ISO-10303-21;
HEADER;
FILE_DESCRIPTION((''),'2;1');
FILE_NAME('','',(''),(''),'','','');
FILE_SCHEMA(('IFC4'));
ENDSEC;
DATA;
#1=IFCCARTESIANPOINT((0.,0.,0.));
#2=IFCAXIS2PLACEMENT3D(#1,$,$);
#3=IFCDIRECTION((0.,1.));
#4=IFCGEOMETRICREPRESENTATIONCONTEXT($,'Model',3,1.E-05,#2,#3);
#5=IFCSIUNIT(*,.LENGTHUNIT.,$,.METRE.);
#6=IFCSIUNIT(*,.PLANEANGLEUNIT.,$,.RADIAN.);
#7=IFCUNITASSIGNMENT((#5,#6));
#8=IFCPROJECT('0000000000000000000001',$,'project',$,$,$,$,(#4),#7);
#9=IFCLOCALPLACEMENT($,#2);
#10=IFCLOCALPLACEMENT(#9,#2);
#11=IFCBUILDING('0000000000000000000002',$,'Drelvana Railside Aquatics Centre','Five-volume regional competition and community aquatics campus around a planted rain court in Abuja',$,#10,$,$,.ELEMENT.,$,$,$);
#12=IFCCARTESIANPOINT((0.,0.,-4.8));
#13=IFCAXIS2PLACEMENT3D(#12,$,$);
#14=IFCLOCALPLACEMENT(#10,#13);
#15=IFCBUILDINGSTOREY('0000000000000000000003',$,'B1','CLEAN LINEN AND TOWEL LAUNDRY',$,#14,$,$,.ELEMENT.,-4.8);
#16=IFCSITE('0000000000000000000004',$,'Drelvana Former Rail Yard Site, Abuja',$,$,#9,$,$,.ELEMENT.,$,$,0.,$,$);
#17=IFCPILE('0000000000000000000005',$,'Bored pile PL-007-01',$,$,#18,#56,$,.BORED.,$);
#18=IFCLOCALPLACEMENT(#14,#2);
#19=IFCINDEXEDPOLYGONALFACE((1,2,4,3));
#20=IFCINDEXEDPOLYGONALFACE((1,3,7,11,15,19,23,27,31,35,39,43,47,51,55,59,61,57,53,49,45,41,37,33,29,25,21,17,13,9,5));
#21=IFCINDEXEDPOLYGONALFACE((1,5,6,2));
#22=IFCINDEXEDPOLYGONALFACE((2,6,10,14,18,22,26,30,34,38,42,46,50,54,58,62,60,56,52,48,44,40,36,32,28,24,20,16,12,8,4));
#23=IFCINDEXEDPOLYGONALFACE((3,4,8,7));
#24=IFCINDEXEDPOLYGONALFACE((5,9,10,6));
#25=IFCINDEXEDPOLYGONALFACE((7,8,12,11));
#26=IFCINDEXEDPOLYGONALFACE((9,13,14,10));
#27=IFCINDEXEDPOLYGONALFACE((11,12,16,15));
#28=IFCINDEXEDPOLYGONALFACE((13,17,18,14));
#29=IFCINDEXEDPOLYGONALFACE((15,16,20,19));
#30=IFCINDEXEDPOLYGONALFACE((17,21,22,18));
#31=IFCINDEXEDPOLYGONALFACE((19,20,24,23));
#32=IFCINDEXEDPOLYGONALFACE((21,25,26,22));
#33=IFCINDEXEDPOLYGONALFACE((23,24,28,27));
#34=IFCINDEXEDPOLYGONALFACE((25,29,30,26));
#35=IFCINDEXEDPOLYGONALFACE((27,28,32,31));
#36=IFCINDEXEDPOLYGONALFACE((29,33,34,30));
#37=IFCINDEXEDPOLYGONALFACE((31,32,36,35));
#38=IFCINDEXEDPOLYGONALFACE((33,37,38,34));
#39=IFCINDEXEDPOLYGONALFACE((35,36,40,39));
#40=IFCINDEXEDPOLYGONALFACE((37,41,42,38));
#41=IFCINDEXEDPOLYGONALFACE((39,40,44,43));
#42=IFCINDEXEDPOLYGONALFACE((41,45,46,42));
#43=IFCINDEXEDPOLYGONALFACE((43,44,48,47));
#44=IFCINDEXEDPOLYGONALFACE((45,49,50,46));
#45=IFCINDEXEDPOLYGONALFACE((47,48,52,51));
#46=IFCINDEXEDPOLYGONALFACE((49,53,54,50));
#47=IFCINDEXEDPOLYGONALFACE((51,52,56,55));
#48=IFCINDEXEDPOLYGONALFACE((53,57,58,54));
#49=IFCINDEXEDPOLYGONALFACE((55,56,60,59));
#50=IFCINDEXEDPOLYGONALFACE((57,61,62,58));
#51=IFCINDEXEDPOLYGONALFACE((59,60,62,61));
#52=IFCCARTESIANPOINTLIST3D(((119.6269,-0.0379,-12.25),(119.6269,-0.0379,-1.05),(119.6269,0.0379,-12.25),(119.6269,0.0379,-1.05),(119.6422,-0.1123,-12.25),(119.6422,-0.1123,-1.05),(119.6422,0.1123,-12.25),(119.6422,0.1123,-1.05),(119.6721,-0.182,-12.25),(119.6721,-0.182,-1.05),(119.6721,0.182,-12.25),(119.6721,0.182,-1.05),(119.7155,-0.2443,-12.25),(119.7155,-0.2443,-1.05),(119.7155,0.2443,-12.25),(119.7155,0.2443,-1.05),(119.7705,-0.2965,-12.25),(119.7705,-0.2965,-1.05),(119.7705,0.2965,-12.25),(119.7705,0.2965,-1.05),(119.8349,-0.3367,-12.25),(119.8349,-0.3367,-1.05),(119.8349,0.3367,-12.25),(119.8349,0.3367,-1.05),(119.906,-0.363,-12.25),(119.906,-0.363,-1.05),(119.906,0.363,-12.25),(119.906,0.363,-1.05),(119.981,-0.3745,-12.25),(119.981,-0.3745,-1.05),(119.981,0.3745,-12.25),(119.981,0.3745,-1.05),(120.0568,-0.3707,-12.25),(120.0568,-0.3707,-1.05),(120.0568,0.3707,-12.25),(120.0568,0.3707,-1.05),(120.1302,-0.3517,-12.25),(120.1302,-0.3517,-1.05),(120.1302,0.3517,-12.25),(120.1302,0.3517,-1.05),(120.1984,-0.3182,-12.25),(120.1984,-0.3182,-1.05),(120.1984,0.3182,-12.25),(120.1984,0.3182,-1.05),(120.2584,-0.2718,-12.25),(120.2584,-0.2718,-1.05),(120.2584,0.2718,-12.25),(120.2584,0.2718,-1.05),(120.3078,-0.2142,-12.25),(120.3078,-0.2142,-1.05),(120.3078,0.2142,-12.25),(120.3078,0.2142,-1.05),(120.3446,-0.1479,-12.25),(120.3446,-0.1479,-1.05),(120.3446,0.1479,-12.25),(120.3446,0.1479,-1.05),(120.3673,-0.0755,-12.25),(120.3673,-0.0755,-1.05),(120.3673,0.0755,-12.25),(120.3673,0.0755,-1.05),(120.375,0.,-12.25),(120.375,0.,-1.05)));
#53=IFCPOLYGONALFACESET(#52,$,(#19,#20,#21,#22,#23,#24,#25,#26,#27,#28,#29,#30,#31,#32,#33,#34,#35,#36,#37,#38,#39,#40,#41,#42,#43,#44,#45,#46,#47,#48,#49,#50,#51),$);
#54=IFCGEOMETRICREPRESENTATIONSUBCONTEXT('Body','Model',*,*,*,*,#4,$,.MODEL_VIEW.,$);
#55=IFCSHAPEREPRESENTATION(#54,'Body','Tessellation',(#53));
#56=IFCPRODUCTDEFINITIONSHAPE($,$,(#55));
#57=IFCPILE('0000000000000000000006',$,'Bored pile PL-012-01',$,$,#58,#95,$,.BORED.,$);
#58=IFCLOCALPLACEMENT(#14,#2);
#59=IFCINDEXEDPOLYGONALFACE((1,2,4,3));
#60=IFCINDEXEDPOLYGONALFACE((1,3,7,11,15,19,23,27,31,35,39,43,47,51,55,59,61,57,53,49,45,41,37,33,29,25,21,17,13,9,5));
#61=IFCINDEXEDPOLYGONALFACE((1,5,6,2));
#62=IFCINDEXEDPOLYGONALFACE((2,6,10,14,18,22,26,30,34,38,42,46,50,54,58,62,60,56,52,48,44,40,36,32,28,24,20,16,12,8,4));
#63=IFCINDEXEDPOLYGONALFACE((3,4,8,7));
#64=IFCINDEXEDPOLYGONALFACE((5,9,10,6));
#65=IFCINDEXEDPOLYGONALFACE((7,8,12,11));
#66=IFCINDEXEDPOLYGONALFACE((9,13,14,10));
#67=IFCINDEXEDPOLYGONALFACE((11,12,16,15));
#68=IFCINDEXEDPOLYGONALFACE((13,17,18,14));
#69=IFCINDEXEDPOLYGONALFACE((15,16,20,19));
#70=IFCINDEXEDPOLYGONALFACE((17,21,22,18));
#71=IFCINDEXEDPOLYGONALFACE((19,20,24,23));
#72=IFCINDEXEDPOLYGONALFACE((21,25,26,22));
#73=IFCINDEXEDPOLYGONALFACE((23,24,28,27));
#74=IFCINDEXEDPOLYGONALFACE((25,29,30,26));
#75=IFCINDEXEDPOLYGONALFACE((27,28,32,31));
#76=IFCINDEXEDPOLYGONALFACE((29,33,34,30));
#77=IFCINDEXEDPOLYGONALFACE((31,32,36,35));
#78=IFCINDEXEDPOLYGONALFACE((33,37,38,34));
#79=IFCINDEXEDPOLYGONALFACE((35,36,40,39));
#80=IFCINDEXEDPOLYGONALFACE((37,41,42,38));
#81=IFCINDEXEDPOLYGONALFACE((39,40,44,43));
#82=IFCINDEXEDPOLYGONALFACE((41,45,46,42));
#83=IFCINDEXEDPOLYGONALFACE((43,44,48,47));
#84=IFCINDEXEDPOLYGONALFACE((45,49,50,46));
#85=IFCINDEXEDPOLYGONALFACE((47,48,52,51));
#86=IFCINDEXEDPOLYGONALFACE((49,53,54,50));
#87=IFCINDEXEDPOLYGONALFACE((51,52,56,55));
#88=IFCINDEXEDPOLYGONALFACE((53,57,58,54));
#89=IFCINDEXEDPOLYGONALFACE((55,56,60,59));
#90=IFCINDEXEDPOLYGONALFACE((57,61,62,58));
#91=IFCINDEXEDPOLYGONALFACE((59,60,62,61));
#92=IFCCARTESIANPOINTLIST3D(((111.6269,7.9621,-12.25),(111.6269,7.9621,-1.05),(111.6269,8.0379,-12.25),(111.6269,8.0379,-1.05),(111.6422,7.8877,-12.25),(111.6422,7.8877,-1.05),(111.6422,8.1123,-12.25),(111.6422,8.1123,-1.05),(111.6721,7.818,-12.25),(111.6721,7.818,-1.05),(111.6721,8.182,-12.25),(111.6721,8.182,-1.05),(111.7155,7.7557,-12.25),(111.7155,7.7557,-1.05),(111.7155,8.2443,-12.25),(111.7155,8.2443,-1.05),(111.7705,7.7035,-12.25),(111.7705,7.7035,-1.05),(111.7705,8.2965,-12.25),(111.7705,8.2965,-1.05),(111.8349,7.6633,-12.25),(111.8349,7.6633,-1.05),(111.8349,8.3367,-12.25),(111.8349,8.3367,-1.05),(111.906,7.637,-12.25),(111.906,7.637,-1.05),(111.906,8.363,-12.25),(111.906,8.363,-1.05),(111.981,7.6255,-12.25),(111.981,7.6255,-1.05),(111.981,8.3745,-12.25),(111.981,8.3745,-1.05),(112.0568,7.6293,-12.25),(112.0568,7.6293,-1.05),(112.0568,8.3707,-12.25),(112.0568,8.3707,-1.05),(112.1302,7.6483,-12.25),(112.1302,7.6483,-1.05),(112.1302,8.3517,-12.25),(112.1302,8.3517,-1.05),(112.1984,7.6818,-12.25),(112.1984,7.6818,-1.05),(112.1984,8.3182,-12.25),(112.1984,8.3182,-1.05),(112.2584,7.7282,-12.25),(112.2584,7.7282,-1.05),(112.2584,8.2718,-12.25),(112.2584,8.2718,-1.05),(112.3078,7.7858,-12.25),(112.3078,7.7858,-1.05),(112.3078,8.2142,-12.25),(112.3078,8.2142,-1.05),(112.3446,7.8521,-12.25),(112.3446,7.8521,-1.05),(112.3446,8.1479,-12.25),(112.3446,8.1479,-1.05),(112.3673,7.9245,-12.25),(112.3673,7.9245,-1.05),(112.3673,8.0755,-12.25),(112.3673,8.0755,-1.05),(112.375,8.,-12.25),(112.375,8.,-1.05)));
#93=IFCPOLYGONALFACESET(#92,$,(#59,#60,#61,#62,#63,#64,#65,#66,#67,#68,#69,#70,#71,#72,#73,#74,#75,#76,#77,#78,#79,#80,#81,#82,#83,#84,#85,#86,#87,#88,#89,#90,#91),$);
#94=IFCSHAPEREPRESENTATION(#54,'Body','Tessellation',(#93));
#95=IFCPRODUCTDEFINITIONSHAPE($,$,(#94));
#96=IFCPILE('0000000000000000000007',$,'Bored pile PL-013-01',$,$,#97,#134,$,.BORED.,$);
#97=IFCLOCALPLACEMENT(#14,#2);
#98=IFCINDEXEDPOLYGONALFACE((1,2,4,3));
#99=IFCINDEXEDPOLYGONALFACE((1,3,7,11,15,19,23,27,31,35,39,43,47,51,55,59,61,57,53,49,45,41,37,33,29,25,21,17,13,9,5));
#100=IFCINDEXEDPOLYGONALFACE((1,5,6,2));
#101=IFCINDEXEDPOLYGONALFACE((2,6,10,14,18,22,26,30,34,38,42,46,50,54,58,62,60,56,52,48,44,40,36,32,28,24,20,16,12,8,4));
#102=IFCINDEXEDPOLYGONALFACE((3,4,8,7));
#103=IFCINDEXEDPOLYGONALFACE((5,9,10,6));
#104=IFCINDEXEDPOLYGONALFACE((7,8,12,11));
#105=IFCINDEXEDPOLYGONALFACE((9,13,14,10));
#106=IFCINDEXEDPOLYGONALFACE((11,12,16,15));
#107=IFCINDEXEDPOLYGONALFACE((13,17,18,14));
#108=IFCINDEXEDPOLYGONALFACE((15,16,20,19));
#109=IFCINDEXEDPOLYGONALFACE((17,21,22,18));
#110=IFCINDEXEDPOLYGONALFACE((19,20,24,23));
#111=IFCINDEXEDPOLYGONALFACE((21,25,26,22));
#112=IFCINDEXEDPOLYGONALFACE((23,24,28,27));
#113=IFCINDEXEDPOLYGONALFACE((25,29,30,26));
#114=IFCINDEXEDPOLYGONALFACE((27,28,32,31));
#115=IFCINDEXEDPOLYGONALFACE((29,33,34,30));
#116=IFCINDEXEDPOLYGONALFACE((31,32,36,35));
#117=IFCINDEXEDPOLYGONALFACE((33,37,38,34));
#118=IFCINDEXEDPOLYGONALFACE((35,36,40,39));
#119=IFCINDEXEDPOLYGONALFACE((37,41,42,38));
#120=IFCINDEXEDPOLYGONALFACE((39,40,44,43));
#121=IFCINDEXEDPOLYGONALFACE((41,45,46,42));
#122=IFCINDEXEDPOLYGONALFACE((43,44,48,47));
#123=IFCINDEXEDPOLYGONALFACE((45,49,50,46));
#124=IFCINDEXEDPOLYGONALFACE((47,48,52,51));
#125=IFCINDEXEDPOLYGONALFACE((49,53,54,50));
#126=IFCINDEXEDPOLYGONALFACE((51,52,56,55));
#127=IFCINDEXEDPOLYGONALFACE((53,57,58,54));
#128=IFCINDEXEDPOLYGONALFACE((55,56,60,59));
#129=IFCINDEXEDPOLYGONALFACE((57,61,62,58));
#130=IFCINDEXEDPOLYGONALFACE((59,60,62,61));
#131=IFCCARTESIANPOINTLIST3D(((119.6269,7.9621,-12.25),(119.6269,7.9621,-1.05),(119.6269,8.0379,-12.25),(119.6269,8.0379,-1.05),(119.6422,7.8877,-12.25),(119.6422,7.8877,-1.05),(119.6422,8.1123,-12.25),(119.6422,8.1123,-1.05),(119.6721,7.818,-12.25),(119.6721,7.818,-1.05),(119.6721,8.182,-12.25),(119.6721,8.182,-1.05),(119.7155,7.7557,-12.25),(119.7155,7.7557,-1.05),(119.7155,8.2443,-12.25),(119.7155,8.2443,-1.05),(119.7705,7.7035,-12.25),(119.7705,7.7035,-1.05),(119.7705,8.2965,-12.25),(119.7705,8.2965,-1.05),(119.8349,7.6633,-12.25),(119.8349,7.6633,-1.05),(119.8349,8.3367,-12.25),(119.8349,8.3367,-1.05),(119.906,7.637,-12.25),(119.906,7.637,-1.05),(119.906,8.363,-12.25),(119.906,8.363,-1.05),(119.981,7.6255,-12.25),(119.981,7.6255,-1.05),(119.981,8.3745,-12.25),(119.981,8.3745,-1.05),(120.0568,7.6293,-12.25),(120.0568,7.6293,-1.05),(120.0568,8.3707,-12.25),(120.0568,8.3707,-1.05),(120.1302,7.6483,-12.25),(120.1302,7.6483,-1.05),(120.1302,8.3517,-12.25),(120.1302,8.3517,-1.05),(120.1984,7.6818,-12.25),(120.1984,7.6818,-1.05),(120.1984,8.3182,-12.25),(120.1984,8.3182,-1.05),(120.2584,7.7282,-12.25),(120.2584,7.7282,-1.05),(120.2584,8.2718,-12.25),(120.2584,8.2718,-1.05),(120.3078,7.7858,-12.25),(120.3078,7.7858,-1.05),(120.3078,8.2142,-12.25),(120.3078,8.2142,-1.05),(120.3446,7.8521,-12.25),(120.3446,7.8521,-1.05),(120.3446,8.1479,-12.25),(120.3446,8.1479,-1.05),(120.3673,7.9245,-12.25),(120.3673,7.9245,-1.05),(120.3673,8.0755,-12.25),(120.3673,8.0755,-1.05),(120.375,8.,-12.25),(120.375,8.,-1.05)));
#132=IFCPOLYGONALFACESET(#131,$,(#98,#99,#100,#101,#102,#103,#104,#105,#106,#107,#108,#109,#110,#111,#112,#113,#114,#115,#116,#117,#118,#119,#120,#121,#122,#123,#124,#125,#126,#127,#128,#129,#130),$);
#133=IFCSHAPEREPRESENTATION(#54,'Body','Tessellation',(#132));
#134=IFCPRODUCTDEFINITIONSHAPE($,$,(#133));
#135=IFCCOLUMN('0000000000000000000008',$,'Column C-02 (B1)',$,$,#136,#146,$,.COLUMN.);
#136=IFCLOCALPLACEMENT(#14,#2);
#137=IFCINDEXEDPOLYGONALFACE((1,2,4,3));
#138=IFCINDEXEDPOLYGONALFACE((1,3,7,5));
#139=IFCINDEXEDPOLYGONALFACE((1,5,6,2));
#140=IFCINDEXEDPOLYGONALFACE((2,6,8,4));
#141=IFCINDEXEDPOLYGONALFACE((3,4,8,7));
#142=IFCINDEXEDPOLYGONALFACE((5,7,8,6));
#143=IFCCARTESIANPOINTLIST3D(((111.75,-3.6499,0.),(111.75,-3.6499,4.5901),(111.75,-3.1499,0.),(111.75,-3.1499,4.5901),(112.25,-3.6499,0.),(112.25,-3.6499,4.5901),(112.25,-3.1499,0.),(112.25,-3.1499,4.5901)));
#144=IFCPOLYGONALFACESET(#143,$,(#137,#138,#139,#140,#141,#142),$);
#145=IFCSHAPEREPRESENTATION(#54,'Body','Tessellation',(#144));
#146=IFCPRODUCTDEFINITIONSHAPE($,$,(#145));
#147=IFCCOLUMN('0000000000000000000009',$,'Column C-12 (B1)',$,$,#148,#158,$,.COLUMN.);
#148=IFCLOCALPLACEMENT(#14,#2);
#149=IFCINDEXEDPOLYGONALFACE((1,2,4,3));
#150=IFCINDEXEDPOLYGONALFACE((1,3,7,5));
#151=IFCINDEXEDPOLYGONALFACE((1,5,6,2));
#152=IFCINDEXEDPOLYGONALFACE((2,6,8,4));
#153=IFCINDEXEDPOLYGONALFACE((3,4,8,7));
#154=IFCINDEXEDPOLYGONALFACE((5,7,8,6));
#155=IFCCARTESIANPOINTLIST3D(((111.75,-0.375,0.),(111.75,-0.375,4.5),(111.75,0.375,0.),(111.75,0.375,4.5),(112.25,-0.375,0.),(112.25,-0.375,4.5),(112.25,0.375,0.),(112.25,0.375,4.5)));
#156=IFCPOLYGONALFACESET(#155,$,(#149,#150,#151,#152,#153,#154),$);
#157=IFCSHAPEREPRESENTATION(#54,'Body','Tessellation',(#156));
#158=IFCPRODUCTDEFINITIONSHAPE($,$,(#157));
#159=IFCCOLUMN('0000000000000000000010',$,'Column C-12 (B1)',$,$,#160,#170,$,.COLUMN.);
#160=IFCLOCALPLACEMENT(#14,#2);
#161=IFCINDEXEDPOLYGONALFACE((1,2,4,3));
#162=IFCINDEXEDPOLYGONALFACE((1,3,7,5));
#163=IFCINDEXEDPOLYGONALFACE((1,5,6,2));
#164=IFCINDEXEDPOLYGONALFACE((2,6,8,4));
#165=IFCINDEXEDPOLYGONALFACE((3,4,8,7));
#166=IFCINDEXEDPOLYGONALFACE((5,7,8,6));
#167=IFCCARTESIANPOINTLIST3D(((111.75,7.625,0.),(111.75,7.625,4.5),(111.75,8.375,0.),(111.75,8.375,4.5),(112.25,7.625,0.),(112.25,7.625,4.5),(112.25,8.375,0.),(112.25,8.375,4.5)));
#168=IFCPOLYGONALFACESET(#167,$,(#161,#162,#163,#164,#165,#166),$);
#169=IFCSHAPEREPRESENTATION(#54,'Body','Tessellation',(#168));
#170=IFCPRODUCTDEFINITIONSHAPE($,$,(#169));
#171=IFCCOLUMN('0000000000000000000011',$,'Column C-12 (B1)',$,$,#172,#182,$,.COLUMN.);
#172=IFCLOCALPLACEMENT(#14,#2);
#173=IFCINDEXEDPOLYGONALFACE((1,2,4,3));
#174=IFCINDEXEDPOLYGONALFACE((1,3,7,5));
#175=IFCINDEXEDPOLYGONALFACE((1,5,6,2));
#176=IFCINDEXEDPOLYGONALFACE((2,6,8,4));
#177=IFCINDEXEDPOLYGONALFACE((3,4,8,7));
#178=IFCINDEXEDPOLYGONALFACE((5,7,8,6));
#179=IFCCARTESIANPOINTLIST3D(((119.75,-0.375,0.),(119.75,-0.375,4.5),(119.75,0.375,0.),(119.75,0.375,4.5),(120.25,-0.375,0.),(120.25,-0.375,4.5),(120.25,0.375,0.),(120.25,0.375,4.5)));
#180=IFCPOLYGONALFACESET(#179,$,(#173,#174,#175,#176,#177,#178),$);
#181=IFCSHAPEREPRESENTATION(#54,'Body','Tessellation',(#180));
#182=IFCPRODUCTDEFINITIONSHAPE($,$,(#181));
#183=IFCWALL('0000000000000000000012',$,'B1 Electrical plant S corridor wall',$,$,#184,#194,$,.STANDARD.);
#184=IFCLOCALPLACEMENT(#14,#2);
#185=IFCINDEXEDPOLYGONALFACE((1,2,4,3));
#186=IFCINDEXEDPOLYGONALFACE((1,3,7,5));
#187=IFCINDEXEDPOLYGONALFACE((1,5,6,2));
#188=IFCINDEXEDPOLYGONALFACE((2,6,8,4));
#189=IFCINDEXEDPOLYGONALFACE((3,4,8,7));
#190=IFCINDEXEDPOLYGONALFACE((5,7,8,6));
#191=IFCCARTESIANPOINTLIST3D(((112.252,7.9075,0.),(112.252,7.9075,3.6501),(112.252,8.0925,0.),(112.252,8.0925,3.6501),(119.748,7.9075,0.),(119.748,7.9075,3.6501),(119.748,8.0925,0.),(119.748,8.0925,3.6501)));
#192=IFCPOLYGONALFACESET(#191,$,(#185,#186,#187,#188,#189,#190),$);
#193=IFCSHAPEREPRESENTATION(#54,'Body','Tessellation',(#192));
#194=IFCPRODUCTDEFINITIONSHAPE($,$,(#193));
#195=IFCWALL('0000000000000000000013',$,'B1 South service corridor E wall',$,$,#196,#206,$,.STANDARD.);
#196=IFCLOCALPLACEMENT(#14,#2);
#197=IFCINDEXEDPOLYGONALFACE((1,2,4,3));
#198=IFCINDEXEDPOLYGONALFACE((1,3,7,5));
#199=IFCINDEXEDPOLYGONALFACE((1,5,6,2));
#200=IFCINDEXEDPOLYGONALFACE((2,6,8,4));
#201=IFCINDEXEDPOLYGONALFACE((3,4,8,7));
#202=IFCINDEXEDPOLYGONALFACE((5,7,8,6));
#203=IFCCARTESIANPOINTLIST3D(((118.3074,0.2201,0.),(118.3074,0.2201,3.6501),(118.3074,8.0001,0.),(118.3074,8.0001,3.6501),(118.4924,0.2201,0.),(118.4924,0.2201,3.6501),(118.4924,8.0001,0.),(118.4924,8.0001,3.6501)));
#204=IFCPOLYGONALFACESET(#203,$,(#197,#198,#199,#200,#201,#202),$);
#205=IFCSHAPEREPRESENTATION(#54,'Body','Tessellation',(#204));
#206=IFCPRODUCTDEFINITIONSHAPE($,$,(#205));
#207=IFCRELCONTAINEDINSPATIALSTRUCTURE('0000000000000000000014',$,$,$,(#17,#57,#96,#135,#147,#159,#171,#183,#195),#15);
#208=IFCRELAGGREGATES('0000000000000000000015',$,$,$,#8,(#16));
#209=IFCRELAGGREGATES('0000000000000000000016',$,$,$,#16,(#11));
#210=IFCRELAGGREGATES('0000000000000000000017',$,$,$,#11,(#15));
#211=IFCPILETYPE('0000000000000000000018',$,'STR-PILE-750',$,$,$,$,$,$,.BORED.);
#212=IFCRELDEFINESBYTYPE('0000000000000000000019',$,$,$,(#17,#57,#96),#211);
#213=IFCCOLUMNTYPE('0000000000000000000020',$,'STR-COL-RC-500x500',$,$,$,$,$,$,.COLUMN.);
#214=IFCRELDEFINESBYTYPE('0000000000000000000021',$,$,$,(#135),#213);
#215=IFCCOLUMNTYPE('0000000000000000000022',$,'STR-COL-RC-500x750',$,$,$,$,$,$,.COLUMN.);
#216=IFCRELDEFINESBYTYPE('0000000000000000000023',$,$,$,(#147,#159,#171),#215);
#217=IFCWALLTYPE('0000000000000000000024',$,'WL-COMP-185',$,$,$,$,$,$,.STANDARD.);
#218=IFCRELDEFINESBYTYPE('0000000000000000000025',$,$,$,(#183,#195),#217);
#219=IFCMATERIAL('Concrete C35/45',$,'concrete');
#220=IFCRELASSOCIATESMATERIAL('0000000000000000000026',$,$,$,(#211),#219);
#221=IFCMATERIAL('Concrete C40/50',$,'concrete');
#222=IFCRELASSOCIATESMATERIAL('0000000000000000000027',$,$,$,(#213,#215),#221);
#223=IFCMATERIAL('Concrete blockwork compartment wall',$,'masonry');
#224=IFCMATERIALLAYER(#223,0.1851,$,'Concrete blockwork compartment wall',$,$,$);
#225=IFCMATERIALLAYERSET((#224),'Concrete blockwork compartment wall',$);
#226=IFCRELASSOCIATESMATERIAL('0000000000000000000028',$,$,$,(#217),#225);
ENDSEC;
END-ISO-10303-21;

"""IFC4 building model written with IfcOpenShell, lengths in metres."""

from ifc_helpers import new_model, si_unit, direction, frame, frame_2d, origin, origin_2d, place, context, subcontext, project, spatial, rectangle, circle, extrude, material, layer, layer_set, material_profile, profile_set, type_object, element, save


model = new_model("IFC4")

# Units and contexts
model_context = context("Model", 3, precision=1e-05, world=origin(), true_north=direction((0.0, 1.0)))
body_context = subcontext(model_context, "Body", "Model", "MODEL_VIEW")
ifc_project = project(units=[si_unit("LENGTHUNIT", "METRE"), si_unit("PLANEANGLEUNIT", "RADIAN")], contexts=[model_context])

# Site, building, storey
site_placement = place(None, origin())
site = spatial("IfcSite", under=ifc_project, at=site_placement, Name="Drelvana Former Rail Yard Site, Abuja", CompositionType="ELEMENT", RefElevation=0.0)
building_placement = place(site_placement, origin())
building = spatial("IfcBuilding", under=site, at=building_placement, Name="Drelvana Railside Aquatics Centre", Description="Five-volume regional competition and community aquatics campus around a planted rain court in Abuja", CompositionType="ELEMENT")
storey_placement = place(building_placement, frame((0.0, 0.0, -4.8)))
storey = spatial("IfcBuildingStorey", under=building, at=storey_placement, Name="B1", Description="CLEAN LINEN AND TOWEL LAUNDRY", CompositionType="ELEMENT", Elevation=-4.8)

# Shared definitions
ifc_material_1 = material(Name="Concrete C35/45", Category="concrete")

# Piles
ifc_material_profile_1 = material_profile(ifc_material_1, circle(Radius=0.375, at=origin_2d()), Name="PILE D750")
ifc_profile_set_1 = profile_set([ifc_material_profile_1], Name="Concrete C35/45")
pile_type_1 = type_object("IfcPileType", Name="STR-PILE-750", PredefinedType="BORED", material=ifc_profile_set_1)
for number, where, z_axis, x_axis, name in (
    (1, (120.0, 0.0, -1.05), (0.0, 0.0, -1.0), (1.0, 0.0, 0.0), "Bored pile PL-007-01"),
    (2, (112.0, 8.0, -1.05), (0.0, 0.0, -1.0), (1.0, 0.0, 0.0), "Bored pile PL-012-01"),
    (3, (120.0, 8.0, -1.05), (0.0, 0.0, -1.0), (1.0, 0.0, 0.0), "Bored pile PL-013-01"),
):
    element("IfcPile", number, at=place(storey_placement, frame(where, z_axis=z_axis, x_axis=x_axis)), inside=storey, type_object=pile_type_1, Name=name, PredefinedType="BORED", context=body_context, shape_type="SweptSolid", body=[
        extrude(circle(Radius=0.375, at=origin_2d()), origin(), (0.0, 0.0, 1.0), 11.2),
    ])

# Columns
ifc_material_2 = material(Name="Concrete C40/50", Category="concrete")
ifc_material_profile_2 = material_profile(ifc_material_2, rectangle(XDim=0.5, YDim=0.5, at=origin_2d()), Name="RC 500x500")
ifc_profile_set_2 = profile_set([ifc_material_profile_2], Name="Concrete C40/50")
column_type_1 = type_object("IfcColumnType", Name="STR-COL-RC-500x500", PredefinedType="COLUMN", material=ifc_profile_set_2)
column_placement = place(storey_placement, frame((112.0, -3.3999, 0.0), z_axis=(0.0, 0.0, 1.0), x_axis=(1.0, 0.0, 0.0)))
element("IfcColumn", 4, at=column_placement, inside=storey, type_object=column_type_1, Name="Column C-02 (B1)", PredefinedType="COLUMN", context=body_context, shape_type="SweptSolid", body=[
    extrude(rectangle(XDim=0.5, YDim=0.5, at=origin_2d()), origin(), (0.0, 0.0, 1.0), 4.5901),
])
ifc_material_profile_3 = material_profile(ifc_material_2, rectangle(XDim=0.5, YDim=0.75, at=origin_2d()), Name="RC 500x750")
ifc_profile_set_3 = profile_set([ifc_material_profile_3], Name="Concrete C40/50")
column_type_2 = type_object("IfcColumnType", Name="STR-COL-RC-500x750", PredefinedType="COLUMN", material=ifc_profile_set_3)
for number, where, z_axis, x_axis, name in (
    (5, (112.0, 0.0, 0.0), (0.0, 0.0, 1.0), (1.0, 0.0, 0.0), "Column C-12 (B1)"),
    (6, (112.0, 8.0, 0.0), (0.0, 0.0, 1.0), (1.0, 0.0, 0.0), "Column C-12 (B1)"),
    (7, (120.0, 0.0, 0.0), (0.0, 0.0, 1.0), (1.0, 0.0, 0.0), "Column C-12 (B1)"),
):
    element("IfcColumn", number, at=place(storey_placement, frame(where, z_axis=z_axis, x_axis=x_axis)), inside=storey, type_object=column_type_2, Name=name, PredefinedType="COLUMN", context=body_context, shape_type="SweptSolid", body=[
        extrude(rectangle(XDim=0.5, YDim=0.75, at=origin_2d()), origin(), (0.0, 0.0, 1.0), 4.5),
    ])

# Walls
ifc_material_3 = material(Name="Concrete blockwork compartment wall", Category="masonry")
ifc_layer_1 = layer(ifc_material_3, 0.1851, Name="Concrete blockwork compartment wall")
ifc_layer_set_1 = layer_set([ifc_layer_1], Name="Concrete blockwork compartment wall")
wall_type_1 = type_object("IfcWallType", Name="WL-COMP-185", PredefinedType="STANDARD", material=ifc_layer_set_1)
wall_1_placement = place(storey_placement, frame((112.252, 8.0, 0.0), z_axis=(0.0, 0.0, 1.0), x_axis=(1.0, 0.0, 0.0)))
element("IfcWall", 8, at=wall_1_placement, inside=storey, type_object=wall_type_1, Name="B1 Electrical plant S corridor wall", PredefinedType="STANDARD", context=body_context, shape_type="SweptSolid", body=[
    extrude(rectangle(XDim=7.4961, YDim=0.1851, at=frame_2d((3.748, 0.0))), origin(), (0.0, 0.0, 1.0), 3.6501),
])
wall_2_placement = place(storey_placement, frame((118.3999, 0.22, 0.0), z_axis=(0.0, 0.0, 1.0), x_axis=(0.0, 1.0, 0.0)))
element("IfcWall", 9, at=wall_2_placement, inside=storey, type_object=wall_type_1, Name="B1 South service corridor E wall", PredefinedType="STANDARD", context=body_context, shape_type="SweptSolid", body=[
    extrude(rectangle(XDim=7.78, YDim=0.1851, at=frame_2d((3.8901, 0.0))), origin(), (0.0, 0.0, 1.0), 3.6501),
])

save(model, "model.ifc")
